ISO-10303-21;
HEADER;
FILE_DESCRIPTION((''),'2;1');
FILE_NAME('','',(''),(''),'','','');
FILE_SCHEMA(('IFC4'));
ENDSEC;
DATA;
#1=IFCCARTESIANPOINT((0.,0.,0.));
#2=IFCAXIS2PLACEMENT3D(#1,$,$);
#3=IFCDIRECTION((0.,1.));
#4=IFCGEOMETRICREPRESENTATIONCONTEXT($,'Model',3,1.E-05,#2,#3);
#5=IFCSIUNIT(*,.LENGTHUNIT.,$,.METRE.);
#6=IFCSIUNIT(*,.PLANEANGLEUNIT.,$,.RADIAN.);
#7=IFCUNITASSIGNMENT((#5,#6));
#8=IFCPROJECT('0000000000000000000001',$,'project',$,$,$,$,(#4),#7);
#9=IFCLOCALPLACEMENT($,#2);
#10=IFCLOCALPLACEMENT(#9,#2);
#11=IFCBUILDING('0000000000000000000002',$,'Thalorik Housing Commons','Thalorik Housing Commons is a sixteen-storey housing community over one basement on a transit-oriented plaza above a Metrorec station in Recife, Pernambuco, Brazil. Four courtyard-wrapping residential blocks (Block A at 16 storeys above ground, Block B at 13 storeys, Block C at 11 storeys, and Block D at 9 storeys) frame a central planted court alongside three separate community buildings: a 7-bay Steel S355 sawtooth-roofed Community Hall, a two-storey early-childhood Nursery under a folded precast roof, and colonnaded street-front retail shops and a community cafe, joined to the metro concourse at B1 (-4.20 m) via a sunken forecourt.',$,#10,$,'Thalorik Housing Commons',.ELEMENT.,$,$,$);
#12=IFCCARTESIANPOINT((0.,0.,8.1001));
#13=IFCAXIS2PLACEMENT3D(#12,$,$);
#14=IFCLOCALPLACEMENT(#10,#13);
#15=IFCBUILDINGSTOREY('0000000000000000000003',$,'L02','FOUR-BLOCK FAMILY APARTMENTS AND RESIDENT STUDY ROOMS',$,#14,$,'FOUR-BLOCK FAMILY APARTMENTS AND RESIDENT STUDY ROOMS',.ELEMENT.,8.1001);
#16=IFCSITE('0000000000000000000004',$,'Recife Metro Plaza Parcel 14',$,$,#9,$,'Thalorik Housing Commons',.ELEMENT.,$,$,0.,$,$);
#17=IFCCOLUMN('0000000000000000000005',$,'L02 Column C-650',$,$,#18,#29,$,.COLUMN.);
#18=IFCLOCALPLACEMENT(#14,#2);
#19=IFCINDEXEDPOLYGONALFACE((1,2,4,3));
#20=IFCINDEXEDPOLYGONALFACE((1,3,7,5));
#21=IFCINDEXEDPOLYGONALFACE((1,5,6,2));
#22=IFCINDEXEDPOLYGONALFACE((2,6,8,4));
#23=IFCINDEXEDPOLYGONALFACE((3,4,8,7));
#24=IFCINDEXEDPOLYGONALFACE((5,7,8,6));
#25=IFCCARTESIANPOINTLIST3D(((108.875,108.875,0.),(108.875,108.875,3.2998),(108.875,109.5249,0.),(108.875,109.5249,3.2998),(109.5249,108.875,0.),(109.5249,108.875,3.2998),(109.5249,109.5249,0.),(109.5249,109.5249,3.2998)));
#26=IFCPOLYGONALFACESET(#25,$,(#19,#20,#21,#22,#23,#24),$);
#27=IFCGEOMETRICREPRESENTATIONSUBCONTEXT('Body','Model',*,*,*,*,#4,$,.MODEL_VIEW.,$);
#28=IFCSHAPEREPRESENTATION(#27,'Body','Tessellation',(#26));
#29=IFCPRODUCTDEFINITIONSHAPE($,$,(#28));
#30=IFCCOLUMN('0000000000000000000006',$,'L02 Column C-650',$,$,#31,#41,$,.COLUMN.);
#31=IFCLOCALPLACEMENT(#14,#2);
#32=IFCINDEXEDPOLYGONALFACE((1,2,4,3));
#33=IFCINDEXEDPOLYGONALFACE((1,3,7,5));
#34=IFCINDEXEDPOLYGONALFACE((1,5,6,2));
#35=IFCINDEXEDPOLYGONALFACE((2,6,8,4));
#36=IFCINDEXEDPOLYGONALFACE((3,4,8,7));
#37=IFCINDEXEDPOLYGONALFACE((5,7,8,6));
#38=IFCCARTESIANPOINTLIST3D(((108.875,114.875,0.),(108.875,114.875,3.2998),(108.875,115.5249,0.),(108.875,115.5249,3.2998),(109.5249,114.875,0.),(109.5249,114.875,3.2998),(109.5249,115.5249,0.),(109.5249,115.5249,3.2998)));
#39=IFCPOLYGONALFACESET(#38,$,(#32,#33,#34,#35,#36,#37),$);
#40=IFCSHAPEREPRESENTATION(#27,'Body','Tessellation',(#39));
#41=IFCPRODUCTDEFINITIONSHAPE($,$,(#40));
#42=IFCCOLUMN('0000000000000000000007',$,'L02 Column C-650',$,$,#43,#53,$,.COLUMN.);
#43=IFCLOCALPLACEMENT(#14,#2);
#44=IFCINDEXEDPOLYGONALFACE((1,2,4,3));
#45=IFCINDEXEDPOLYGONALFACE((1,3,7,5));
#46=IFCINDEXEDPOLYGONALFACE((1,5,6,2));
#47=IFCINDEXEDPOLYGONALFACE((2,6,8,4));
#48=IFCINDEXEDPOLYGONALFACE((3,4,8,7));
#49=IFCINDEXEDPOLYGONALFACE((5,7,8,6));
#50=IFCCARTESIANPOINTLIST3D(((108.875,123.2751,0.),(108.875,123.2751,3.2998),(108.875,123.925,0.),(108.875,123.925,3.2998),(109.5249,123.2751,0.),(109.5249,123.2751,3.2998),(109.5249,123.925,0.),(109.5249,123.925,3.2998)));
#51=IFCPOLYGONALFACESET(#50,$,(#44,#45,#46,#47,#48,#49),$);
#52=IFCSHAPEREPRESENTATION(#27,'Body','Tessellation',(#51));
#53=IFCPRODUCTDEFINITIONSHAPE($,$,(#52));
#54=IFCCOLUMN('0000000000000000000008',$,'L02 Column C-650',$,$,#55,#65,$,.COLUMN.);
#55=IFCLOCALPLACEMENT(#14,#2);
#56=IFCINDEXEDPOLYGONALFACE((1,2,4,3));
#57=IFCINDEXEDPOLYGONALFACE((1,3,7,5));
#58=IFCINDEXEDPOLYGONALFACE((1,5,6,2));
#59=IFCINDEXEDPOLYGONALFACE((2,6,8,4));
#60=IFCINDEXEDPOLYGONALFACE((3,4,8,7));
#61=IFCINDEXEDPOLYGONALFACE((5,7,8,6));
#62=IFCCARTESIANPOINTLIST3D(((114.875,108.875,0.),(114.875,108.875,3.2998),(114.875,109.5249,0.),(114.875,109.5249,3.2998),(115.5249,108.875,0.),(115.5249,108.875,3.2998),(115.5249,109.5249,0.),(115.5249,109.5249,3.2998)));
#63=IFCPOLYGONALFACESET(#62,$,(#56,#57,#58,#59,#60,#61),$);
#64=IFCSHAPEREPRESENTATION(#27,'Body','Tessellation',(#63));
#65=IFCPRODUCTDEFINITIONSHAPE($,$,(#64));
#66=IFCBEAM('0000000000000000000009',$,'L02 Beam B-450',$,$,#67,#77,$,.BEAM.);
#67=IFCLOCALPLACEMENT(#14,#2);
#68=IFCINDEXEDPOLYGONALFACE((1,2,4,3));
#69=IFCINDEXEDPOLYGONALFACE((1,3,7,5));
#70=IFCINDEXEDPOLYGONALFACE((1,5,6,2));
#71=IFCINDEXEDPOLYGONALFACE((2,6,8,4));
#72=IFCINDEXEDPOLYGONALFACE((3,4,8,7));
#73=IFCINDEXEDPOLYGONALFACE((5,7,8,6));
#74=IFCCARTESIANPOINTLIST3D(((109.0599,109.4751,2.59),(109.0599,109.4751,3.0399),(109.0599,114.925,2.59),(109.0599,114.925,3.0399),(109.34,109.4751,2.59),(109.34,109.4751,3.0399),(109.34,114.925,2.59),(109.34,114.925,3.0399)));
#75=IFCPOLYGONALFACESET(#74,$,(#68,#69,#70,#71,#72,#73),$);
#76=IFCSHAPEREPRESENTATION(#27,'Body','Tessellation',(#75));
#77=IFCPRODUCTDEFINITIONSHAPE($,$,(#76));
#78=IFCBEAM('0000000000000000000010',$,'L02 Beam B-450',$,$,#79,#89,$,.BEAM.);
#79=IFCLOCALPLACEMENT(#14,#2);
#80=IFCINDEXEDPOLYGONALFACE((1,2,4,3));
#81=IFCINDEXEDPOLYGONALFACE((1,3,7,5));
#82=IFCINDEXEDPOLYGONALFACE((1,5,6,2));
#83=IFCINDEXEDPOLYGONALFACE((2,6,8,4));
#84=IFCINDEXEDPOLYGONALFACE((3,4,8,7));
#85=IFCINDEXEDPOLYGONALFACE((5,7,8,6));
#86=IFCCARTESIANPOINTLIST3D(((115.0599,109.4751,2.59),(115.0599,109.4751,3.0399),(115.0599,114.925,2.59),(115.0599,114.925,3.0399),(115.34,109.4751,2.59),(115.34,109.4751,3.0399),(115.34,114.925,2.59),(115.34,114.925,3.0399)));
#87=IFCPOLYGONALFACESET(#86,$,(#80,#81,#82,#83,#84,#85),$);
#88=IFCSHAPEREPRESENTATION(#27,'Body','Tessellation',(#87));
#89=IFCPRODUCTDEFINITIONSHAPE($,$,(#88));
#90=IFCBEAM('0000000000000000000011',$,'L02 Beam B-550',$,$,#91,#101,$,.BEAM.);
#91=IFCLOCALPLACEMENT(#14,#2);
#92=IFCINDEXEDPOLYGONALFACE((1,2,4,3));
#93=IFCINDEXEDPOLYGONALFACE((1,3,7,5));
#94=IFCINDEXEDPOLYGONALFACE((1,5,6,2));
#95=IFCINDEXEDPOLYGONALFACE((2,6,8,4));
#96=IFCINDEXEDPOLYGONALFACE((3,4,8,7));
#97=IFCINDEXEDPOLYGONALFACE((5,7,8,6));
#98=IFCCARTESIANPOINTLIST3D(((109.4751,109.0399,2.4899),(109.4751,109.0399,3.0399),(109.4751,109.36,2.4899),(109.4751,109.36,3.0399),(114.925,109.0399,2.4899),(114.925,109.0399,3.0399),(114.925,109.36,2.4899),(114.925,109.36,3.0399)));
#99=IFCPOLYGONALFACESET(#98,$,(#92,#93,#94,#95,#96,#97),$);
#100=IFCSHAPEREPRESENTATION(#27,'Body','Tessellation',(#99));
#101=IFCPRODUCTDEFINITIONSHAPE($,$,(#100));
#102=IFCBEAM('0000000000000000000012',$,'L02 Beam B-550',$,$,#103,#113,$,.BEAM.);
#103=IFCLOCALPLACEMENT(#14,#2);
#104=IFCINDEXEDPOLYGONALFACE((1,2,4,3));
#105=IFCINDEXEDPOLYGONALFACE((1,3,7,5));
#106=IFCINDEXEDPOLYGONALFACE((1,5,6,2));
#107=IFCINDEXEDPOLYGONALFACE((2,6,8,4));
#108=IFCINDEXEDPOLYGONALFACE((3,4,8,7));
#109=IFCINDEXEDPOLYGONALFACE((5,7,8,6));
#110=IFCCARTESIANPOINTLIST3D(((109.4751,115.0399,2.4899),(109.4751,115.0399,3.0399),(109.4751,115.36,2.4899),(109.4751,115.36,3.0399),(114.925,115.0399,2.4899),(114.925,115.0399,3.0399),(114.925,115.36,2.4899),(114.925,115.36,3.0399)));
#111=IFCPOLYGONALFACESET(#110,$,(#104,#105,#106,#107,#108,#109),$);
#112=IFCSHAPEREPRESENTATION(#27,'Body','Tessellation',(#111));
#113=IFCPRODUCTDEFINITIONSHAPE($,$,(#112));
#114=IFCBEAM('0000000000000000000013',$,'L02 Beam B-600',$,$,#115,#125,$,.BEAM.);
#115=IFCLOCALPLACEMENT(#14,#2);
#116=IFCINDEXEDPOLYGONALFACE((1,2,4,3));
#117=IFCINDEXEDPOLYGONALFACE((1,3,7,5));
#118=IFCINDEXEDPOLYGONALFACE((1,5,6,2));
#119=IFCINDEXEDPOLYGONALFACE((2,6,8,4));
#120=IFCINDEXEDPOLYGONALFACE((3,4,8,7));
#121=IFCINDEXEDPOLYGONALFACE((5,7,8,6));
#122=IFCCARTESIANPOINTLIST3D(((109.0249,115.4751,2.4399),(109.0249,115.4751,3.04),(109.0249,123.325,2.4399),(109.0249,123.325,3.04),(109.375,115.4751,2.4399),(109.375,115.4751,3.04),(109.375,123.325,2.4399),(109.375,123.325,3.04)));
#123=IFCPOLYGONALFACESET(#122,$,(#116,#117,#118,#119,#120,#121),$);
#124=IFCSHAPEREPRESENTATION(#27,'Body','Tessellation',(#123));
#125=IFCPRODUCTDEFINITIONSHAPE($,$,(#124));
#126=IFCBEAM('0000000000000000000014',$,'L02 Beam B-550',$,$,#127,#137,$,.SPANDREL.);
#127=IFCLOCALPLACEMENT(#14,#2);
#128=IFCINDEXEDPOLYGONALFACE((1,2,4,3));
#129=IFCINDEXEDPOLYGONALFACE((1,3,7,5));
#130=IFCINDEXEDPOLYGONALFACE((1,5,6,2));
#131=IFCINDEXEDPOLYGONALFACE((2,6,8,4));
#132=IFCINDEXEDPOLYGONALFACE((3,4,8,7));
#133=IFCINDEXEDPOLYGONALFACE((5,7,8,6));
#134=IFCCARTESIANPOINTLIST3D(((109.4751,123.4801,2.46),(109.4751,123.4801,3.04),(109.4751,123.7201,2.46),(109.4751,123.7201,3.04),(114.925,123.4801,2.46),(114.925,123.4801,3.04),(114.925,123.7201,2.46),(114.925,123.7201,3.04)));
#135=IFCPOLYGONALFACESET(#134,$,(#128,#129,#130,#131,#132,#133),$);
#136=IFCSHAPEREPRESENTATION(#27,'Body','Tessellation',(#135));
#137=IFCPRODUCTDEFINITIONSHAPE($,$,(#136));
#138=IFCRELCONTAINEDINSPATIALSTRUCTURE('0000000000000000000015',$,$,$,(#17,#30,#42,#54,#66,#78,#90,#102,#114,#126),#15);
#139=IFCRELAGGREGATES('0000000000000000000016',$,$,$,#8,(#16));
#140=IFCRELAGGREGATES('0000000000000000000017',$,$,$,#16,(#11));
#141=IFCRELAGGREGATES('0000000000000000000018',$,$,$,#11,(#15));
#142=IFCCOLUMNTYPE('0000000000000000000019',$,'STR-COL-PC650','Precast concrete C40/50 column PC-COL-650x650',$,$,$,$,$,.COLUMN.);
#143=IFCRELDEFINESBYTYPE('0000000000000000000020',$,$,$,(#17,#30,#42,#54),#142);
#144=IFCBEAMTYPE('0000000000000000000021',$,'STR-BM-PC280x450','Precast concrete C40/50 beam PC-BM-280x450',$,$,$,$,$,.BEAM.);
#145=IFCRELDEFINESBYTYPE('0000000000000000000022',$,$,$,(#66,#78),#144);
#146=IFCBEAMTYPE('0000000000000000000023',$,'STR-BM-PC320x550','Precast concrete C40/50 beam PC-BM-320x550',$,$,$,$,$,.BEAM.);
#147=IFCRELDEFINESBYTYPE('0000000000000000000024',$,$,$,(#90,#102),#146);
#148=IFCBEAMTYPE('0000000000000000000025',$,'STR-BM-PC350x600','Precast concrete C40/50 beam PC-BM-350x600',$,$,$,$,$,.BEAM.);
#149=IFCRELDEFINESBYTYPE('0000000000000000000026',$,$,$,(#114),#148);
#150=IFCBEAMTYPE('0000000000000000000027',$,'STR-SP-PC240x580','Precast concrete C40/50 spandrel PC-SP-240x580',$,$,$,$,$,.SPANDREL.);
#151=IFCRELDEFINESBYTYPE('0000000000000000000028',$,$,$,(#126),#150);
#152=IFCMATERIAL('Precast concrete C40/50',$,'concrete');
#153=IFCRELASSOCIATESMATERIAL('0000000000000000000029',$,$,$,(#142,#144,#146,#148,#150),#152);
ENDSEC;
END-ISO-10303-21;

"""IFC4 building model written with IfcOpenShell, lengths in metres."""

from ifc_helpers import new_model, si_unit, direction, frame, origin, origin_2d, place, context, subcontext, project, spatial, rectangle, extrude, material, material_profile, profile_set, type_object, element, save


model = new_model("IFC4")

# Units and contexts
model_context = context("Model", 3, precision=1e-05, world=origin(), true_north=direction((0.0, 1.0)))
body_context = subcontext(model_context, "Body", "Model", "MODEL_VIEW")
ifc_project = project(units=[si_unit("LENGTHUNIT", "METRE"), si_unit("PLANEANGLEUNIT", "RADIAN")], contexts=[model_context])

# Site, building, storey
site_placement = place(None, origin())
site = spatial("IfcSite", under=ifc_project, at=site_placement, Name="Recife Metro Plaza Parcel 14", LongName="Thalorik Housing Commons", CompositionType="ELEMENT", RefElevation=0.0)
building_placement = place(site_placement, origin())
building = spatial("IfcBuilding", under=site, at=building_placement, Name="Thalorik Housing Commons", Description="Thalorik Housing Commons is a sixteen-storey housing community over one basement on a transit-oriented plaza above a Metrorec station in Recife, Pernambuco, Brazil. Four courtyard-wrapping residential blocks (Block A at 16 storeys above ground, Block B at 13 storeys, Block C at 11 storeys, and Block D at 9 storeys) frame a central planted court alongside three separate community buildings: a 7-bay Steel S355 sawtooth-roofed Community Hall, a two-storey early-childhood Nursery under a folded precast roof, and colonnaded street-front retail shops and a community cafe, joined to the metro concourse at B1 (-4.20 m) via a sunken forecourt.", LongName="Thalorik Housing Commons", CompositionType="ELEMENT")
storey_placement = place(building_placement, frame((0.0, 0.0, 8.1001)))
storey = spatial("IfcBuildingStorey", under=building, at=storey_placement, Name="L02", Description="FOUR-BLOCK FAMILY APARTMENTS AND RESIDENT STUDY ROOMS", LongName="FOUR-BLOCK FAMILY APARTMENTS AND RESIDENT STUDY ROOMS", CompositionType="ELEMENT", Elevation=8.1001)

# Columns
ifc_material_1 = material(Name="Precast concrete C40/50", Category="concrete")
ifc_material_profile_1 = material_profile(ifc_material_1, rectangle(XDim=0.6499, YDim=0.6499, at=origin_2d()), Name="PC 650x650", Category="concrete")
ifc_profile_set_1 = profile_set([ifc_material_profile_1], Name="Precast concrete C40/50")
column_type = type_object("IfcColumnType", Name="STR-COL-PC650", Description="Precast concrete C40/50 column PC-COL-650x650", PredefinedType="COLUMN", material=ifc_profile_set_1)
for number, where, z_axis, x_axis, name in (
    (1, (109.2, 109.2, 0.0), (0.0, 0.0, 1.0), (1.0, 0.0, 0.0), "L02 Column C-650"),
    (2, (109.2, 115.2, 0.0), (0.0, 0.0, 1.0), (1.0, 0.0, 0.0), "L02 Column C-650"),
    (3, (109.2, 123.6001, 0.0), (0.0, 0.0, 1.0), (1.0, 0.0, 0.0), "L02 Column C-650"),
    (4, (115.2, 109.2, 0.0), (0.0, 0.0, 1.0), (1.0, 0.0, 0.0), "L02 Column C-650"),
):
    element("IfcColumn", number, at=place(storey_placement, frame(where, z_axis=z_axis, x_axis=x_axis)), inside=storey, type_object=column_type, Name=name, PredefinedType="COLUMN", context=body_context, shape_type="SweptSolid", body=[
        extrude(rectangle(XDim=0.6499, YDim=0.6499, at=origin_2d()), origin(), (0.0, 0.0, 1.0), 3.2998),
    ])

# Beams
ifc_material_profile_2 = material_profile(ifc_material_1, rectangle(XDim=0.28, YDim=0.45, at=origin_2d()), Name="PC 280x450", Category="concrete")
ifc_profile_set_2 = profile_set([ifc_material_profile_2], Name="Precast concrete C40/50")
beam_type_1 = type_object("IfcBeamType", Name="STR-BM-PC280x450", Description="Precast concrete C40/50 beam PC-BM-280x450", PredefinedType="BEAM", material=ifc_profile_set_2)
for number, where, z_axis, x_axis, name in (
    (5, (109.2, 109.4751, 2.8149), (0.0, 1.0, 0.0), (-1.0, 0.0, 0.0), "L02 Beam B-450"),
    (6, (115.2, 109.4751, 2.8149), (0.0, 1.0, 0.0), (-1.0, 0.0, 0.0), "L02 Beam B-450"),
):
    element("IfcBeam", number, at=place(storey_placement, frame(where, z_axis=z_axis, x_axis=x_axis)), inside=storey, type_object=beam_type_1, Name=name, PredefinedType="BEAM", context=body_context, shape_type="SweptSolid", body=[
        extrude(rectangle(XDim=0.28, YDim=0.45, at=origin_2d()), origin(), (0.0, 0.0, 1.0), 5.45),
    ])
ifc_material_profile_3 = material_profile(ifc_material_1, rectangle(XDim=0.3201, YDim=0.55, at=origin_2d()), Name="PC 320x550", Category="concrete")
ifc_profile_set_3 = profile_set([ifc_material_profile_3], Name="Precast concrete C40/50")
beam_type_2 = type_object("IfcBeamType", Name="STR-BM-PC320x550", Description="Precast concrete C40/50 beam PC-BM-320x550", PredefinedType="BEAM", material=ifc_profile_set_3)
for number, where, z_axis, x_axis, name in (
    (7, (109.4751, 109.2, 2.7649), (1.0, 0.0, 0.0), (0.0, 1.0, 0.0), "L02 Beam B-550"),
    (8, (109.4751, 115.2, 2.7649), (1.0, 0.0, 0.0), (0.0, 1.0, 0.0), "L02 Beam B-550"),
):
    element("IfcBeam", number, at=place(storey_placement, frame(where, z_axis=z_axis, x_axis=x_axis)), inside=storey, type_object=beam_type_2, Name=name, PredefinedType="BEAM", context=body_context, shape_type="SweptSolid", body=[
        extrude(rectangle(XDim=0.3201, YDim=0.55, at=origin_2d()), origin(), (0.0, 0.0, 1.0), 5.45),
    ])
ifc_material_profile_4 = material_profile(ifc_material_1, rectangle(XDim=0.3501, YDim=0.6001, at=origin_2d()), Name="PC 350x600", Category="concrete")
ifc_profile_set_4 = profile_set([ifc_material_profile_4], Name="Precast concrete C40/50")
beam_type_3 = type_object("IfcBeamType", Name="STR-BM-PC350x600", Description="Precast concrete C40/50 beam PC-BM-350x600", PredefinedType="BEAM", material=ifc_profile_set_4)
beam_1_placement = place(storey_placement, frame((109.2, 115.4751, 2.74), z_axis=(0.0, 1.0, 0.0), x_axis=(-1.0, 0.0, 0.0)))
element("IfcBeam", 9, at=beam_1_placement, inside=storey, type_object=beam_type_3, Name="L02 Beam B-600", PredefinedType="BEAM", context=body_context, shape_type="SweptSolid", body=[
    extrude(rectangle(XDim=0.3501, YDim=0.6001, at=origin_2d()), origin(), (0.0, 0.0, 1.0), 7.8499),
])
ifc_material_profile_5 = material_profile(ifc_material_1, rectangle(XDim=0.24, YDim=0.5801, at=origin_2d()), Name="PC SP 240x580", Category="concrete")
ifc_profile_set_5 = profile_set([ifc_material_profile_5], Name="Precast concrete C40/50")
beam_type_4 = type_object("IfcBeamType", Name="STR-SP-PC240x580", Description="Precast concrete C40/50 spandrel PC-SP-240x580", PredefinedType="SPANDREL", material=ifc_profile_set_5)
beam_2_placement = place(storey_placement, frame((109.4751, 123.6001, 2.75), z_axis=(1.0, 0.0, 0.0), x_axis=(0.0, 1.0, 0.0)))
element("IfcBeam", 10, at=beam_2_placement, inside=storey, type_object=beam_type_4, Name="L02 Beam B-550", PredefinedType="SPANDREL", context=body_context, shape_type="SweptSolid", body=[
    extrude(rectangle(XDim=0.24, YDim=0.5801, at=origin_2d()), origin(), (0.0, 0.0, 1.0), 5.45),
])

save(model, "model.ifc")
